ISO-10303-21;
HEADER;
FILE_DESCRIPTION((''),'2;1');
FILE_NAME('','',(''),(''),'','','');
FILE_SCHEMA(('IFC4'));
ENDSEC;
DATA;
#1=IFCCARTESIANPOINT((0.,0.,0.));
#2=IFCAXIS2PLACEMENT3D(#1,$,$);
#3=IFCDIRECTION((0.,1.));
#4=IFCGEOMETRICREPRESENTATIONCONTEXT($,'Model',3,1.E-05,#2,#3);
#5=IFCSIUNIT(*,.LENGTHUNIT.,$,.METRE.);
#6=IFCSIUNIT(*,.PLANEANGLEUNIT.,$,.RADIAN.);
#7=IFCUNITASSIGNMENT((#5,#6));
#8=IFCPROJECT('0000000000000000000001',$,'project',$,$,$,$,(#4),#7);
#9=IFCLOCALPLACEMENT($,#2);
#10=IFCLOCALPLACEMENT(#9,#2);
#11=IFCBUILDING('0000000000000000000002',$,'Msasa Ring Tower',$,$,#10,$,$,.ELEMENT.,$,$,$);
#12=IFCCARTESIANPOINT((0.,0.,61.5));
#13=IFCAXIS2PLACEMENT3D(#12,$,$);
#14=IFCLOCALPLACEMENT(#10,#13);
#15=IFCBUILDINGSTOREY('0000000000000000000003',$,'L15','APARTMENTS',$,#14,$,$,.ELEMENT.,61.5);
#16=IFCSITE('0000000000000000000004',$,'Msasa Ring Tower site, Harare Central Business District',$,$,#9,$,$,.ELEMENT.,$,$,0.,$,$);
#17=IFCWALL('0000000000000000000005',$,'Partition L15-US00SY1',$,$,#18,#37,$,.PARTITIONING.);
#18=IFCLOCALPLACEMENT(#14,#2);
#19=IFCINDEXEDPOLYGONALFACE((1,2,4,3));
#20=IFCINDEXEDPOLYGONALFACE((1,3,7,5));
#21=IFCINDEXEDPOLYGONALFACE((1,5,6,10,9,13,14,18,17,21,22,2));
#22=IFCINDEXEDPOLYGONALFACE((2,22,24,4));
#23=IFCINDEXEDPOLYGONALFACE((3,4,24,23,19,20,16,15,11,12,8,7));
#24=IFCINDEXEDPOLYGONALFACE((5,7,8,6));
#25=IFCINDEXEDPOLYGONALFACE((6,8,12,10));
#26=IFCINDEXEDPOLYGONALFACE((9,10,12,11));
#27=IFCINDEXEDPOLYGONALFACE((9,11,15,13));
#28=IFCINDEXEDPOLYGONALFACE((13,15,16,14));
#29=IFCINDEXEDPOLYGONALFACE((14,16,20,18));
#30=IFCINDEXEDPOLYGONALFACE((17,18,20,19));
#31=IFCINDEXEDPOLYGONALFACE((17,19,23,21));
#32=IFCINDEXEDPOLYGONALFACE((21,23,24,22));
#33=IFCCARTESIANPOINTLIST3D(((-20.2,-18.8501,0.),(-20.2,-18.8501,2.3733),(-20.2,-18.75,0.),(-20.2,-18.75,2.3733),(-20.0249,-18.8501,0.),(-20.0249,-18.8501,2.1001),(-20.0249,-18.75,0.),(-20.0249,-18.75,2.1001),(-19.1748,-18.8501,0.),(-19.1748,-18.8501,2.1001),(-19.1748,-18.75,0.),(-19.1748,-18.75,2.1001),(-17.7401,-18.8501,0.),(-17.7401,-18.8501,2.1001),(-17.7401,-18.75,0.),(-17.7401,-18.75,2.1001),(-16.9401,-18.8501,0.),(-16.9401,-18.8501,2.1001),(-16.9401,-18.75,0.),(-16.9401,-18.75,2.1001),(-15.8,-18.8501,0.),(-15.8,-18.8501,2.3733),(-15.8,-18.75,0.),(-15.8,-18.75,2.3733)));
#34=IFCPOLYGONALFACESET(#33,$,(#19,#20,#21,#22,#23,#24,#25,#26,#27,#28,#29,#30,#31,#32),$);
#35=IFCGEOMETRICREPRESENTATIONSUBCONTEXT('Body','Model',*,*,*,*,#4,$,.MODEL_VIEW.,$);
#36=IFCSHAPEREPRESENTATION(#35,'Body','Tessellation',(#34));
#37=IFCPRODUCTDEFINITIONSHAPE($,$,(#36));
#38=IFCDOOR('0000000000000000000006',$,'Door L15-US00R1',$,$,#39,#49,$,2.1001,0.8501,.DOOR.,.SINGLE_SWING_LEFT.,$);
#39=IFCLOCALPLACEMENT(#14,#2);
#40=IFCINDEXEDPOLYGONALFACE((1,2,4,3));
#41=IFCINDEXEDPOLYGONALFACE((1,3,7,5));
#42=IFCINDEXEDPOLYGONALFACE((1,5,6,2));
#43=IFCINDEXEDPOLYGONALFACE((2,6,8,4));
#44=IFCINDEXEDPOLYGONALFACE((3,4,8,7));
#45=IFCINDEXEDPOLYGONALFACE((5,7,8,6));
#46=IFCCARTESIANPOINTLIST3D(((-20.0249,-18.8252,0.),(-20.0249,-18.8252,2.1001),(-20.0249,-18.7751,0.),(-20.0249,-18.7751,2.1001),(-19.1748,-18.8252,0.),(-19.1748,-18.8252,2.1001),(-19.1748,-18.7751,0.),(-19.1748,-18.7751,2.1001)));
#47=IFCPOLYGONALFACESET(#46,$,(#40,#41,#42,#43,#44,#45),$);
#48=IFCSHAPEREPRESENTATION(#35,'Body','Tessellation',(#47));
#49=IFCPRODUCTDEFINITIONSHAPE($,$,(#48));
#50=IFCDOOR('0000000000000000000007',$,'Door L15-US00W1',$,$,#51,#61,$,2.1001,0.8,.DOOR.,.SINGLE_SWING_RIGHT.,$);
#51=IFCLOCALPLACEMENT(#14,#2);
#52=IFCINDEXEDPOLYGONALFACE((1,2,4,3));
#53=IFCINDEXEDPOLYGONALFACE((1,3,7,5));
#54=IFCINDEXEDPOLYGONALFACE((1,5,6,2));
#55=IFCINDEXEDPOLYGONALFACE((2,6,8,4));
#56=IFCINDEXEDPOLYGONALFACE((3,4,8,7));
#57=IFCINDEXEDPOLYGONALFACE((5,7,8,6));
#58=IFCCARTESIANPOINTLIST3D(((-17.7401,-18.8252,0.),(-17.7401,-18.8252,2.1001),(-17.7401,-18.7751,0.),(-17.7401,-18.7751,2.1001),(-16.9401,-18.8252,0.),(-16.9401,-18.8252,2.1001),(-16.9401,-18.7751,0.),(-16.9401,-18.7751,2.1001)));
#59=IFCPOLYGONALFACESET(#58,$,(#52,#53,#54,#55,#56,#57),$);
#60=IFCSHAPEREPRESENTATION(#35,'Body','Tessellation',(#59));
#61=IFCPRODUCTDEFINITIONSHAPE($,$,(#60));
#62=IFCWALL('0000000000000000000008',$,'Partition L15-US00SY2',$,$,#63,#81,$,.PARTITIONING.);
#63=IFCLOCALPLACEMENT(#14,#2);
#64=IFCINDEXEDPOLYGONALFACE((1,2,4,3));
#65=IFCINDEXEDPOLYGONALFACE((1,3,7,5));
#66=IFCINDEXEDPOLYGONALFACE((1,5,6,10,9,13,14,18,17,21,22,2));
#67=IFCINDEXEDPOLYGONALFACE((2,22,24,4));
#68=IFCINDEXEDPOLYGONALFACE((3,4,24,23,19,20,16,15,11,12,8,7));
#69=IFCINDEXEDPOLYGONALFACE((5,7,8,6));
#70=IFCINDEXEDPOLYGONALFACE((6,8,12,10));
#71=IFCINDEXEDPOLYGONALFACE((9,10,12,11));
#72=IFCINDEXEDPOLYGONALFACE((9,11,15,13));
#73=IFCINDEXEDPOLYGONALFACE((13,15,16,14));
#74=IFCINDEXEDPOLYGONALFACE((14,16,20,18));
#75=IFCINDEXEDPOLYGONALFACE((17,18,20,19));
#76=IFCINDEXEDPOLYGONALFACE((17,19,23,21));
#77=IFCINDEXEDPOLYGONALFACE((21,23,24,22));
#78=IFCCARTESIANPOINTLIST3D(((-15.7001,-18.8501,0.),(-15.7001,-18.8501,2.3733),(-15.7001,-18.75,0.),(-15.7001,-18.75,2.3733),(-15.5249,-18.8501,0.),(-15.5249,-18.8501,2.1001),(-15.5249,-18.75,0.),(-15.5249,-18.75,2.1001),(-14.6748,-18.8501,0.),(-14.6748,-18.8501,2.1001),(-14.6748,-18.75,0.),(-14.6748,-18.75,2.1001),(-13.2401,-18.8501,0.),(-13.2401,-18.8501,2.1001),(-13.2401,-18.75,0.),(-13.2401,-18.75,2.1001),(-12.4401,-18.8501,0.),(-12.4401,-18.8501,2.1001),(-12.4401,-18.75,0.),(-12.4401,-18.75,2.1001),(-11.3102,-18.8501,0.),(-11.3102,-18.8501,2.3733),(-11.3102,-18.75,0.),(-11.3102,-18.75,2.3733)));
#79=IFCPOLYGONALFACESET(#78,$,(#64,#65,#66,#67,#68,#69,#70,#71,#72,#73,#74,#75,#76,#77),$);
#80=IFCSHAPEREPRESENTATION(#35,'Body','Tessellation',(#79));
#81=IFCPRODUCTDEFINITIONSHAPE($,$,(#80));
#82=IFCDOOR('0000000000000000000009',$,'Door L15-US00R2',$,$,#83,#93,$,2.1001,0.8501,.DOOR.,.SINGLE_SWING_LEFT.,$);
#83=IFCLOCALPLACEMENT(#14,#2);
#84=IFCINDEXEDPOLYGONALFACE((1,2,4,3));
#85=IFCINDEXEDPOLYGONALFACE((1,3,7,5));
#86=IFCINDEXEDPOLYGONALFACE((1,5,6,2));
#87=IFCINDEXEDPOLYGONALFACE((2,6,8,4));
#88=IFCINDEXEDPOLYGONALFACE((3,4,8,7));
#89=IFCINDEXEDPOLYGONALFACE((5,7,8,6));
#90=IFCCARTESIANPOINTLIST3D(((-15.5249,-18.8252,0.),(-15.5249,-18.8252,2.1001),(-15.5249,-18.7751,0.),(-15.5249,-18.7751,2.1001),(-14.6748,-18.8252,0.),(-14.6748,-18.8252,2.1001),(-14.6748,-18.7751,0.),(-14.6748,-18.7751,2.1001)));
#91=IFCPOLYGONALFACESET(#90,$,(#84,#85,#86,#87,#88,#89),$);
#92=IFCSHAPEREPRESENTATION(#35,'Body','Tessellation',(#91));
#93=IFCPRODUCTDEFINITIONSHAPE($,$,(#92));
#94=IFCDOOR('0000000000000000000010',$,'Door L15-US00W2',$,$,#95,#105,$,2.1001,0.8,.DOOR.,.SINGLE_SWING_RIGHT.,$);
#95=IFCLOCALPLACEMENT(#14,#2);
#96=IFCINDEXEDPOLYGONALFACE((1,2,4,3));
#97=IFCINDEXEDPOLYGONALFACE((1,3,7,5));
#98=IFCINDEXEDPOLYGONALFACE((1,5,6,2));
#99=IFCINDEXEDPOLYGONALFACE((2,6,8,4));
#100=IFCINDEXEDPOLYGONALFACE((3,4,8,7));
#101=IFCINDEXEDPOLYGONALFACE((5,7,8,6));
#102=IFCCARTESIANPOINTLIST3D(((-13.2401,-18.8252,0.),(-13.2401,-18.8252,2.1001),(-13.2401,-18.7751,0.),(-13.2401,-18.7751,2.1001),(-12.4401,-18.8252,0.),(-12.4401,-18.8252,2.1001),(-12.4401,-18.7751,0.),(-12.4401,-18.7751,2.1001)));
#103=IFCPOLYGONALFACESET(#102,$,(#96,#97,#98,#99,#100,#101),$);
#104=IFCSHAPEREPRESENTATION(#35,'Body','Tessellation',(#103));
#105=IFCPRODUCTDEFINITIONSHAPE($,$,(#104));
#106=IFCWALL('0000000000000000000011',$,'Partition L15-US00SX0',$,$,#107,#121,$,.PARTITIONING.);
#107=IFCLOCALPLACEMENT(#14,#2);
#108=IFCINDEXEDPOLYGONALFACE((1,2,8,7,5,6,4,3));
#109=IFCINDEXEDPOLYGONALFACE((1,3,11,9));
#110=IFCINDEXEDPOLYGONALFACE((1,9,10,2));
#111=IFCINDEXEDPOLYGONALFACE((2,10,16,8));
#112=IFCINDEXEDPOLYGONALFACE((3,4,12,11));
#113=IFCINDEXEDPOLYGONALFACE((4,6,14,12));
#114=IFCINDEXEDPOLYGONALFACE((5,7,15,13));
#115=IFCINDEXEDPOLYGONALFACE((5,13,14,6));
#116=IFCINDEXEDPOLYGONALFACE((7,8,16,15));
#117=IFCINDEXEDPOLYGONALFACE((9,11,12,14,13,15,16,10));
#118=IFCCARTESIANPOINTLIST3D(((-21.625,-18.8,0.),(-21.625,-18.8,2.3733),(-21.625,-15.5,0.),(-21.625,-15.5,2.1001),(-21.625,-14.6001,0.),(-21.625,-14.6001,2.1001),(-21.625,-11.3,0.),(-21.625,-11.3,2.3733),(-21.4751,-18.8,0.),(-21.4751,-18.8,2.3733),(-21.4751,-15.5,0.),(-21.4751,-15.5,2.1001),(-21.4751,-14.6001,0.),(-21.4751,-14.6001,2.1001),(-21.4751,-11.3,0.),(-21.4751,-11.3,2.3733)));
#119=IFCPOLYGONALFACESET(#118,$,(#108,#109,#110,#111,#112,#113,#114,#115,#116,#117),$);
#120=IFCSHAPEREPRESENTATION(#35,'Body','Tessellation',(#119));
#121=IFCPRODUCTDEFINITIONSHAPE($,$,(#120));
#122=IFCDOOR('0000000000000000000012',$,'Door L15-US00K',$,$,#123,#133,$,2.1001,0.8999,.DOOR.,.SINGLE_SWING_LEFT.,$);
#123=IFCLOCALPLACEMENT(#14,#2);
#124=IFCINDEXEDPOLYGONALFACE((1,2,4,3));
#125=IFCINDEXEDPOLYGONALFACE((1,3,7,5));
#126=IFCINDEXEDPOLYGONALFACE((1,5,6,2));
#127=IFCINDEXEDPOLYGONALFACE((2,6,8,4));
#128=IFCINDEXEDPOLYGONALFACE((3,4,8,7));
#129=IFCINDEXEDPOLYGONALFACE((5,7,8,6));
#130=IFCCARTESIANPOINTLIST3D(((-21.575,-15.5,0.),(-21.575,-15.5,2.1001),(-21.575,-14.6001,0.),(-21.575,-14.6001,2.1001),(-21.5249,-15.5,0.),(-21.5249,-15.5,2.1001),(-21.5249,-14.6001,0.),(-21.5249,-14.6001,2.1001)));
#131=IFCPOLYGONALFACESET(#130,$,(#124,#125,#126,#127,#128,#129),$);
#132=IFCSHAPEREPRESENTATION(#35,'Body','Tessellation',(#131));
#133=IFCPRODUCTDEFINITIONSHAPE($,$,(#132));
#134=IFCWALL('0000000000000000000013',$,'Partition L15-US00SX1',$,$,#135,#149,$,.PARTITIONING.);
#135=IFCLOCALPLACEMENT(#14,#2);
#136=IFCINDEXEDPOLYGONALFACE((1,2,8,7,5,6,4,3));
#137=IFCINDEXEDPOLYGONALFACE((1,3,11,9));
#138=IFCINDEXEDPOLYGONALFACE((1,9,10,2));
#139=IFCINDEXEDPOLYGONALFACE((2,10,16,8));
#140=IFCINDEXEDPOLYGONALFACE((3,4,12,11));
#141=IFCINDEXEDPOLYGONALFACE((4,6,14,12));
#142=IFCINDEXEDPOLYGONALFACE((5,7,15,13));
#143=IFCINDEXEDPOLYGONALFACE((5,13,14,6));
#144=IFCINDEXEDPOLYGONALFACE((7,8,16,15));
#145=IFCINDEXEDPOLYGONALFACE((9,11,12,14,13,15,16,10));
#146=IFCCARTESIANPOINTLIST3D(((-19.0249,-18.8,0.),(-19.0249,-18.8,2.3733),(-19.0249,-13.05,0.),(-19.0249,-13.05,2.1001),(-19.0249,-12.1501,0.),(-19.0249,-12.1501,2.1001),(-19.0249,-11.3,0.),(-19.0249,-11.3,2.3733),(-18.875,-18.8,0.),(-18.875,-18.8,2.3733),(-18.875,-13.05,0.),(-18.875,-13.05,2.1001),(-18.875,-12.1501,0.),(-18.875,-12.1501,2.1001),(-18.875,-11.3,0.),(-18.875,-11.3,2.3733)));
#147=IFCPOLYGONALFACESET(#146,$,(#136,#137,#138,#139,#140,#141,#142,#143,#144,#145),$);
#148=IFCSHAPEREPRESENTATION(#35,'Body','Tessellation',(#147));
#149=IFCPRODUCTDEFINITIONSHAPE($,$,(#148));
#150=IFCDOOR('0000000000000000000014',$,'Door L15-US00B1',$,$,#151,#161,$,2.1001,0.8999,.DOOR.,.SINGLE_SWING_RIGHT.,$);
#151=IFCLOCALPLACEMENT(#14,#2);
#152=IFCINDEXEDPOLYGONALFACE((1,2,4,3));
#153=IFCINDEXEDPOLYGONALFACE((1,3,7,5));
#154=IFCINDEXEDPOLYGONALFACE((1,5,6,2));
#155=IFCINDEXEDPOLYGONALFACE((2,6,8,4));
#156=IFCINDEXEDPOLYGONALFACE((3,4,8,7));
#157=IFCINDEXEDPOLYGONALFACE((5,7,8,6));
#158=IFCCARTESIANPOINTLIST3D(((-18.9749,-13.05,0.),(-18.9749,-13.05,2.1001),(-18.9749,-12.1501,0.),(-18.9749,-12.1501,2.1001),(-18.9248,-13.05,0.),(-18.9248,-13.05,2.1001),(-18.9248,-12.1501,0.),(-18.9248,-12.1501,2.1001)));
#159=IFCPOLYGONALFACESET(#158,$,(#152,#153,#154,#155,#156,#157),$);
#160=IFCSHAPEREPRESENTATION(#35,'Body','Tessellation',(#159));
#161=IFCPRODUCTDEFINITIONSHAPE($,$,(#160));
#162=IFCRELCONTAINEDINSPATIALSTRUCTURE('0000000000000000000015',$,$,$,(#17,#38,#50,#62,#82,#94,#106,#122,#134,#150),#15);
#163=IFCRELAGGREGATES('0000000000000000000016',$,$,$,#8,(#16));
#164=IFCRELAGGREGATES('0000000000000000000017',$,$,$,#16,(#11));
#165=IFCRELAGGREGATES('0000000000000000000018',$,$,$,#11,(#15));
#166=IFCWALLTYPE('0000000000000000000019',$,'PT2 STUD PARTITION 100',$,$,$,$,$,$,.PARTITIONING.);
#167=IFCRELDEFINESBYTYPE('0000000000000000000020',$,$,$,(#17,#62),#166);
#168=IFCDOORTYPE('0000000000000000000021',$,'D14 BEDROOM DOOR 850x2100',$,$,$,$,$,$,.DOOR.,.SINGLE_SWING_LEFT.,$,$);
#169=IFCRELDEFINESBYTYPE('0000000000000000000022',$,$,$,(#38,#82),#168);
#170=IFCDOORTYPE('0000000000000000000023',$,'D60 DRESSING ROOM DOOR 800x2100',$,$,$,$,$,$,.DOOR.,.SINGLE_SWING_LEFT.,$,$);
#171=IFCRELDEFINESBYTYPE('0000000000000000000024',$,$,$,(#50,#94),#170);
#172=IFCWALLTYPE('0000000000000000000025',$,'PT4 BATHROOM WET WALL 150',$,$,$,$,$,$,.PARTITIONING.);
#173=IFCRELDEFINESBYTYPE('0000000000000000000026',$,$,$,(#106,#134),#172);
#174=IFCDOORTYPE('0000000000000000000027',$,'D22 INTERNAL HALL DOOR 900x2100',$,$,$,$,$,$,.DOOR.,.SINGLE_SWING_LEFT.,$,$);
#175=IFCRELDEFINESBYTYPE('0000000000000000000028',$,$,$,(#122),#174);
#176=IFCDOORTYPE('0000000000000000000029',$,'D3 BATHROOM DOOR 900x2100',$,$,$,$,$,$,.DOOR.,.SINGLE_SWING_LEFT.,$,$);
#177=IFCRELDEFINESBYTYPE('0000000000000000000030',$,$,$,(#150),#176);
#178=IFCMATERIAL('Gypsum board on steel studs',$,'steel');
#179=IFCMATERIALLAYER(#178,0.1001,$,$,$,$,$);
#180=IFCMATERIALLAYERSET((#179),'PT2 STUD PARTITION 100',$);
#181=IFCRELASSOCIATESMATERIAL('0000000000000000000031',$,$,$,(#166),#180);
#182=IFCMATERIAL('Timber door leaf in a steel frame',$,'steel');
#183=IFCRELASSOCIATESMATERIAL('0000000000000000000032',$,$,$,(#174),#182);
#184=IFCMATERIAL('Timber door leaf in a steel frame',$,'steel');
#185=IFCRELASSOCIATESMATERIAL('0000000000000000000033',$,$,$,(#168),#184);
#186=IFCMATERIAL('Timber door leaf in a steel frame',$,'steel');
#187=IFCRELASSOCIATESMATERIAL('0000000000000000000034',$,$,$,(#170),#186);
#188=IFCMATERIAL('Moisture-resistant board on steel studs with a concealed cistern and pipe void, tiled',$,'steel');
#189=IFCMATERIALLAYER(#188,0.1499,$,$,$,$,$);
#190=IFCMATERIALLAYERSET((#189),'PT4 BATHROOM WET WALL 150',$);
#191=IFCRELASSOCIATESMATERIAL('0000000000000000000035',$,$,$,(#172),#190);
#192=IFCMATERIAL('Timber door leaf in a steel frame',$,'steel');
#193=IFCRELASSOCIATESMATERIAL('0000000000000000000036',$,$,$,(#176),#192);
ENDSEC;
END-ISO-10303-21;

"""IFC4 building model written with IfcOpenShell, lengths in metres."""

from ifc_helpers import new_model, si_unit, direction, frame, frame_2d, origin, place, context, subcontext, project, spatial, rectangle, extrude, material, layer, layer_set, type_object, element, fill, save


model = new_model("IFC4")

# Units and contexts
model_context = context("Model", 3, precision=1e-05, world=origin(), true_north=direction((0.0, 1.0)))
body_context = subcontext(model_context, "Body", "Model", "MODEL_VIEW")
ifc_project = project(units=[si_unit("LENGTHUNIT", "METRE"), si_unit("PLANEANGLEUNIT", "RADIAN")], contexts=[model_context])

# Site, building, storey
site_placement = place(None, origin())
site = spatial("IfcSite", under=ifc_project, at=site_placement, Name="Msasa Ring Tower site, Harare Central Business District", CompositionType="ELEMENT", RefElevation=0.0)
building_placement = place(site_placement, origin())
building = spatial("IfcBuilding", under=site, at=building_placement, Name="Msasa Ring Tower", CompositionType="ELEMENT")
storey_placement = place(building_placement, frame((0.0, 0.0, 61.5)))
storey = spatial("IfcBuildingStorey", under=building, at=storey_placement, Name="L15", Description="APARTMENTS", CompositionType="ELEMENT", Elevation=61.5)

# Shared definitions
ifc_material_1 = material(Name="Gypsum board on steel studs", Category="steel")
ifc_layer_1 = layer(ifc_material_1, 0.1001)
ifc_layer_set_1 = layer_set([ifc_layer_1], Name="PT2 STUD PARTITION 100")
wall_type_1 = type_object("IfcWallType", Name="PT2 STUD PARTITION 100", PredefinedType="PARTITIONING", material=ifc_layer_set_1)
ifc_material_2 = material(Name="Timber door leaf in a steel frame", Category="steel")
door_type_1 = type_object("IfcDoorType", Name="D22 INTERNAL HALL DOOR 900x2100", OperationType="SINGLE_SWING_LEFT", PredefinedType="DOOR", material=ifc_material_2)

# Walls, openings, doors
wall_1_placement = place(storey_placement, frame((-20.2, -18.8, 0.0), z_axis=(0.0, 0.0, 1.0), x_axis=(1.0, 0.0, 0.0)))
wall_1 = element("IfcWall", 1, at=wall_1_placement, inside=storey, type_object=wall_type_1, Name="Partition L15-US00SY1", PredefinedType="PARTITIONING", context=body_context, shape_type="SweptSolid", body=[
    extrude(rectangle(XDim=4.3999, YDim=0.1001, at=frame_2d((2.2, 0.0))), origin(), (0.0, 0.0, 1.0), 2.3733),
])
opening_1_placement = place(wall_1_placement, frame((0.175, 0.0, 0.0)))
opening_1 = element("IfcOpeningElement", 2, at=opening_1_placement, cuts=wall_1, PredefinedType="OPENING", context=body_context, shape_type="SweptSolid", body=[
    extrude(rectangle(XDim=0.8501, YDim=2.1001, at=frame_2d((0.425, 1.05))), frame((0.0, 0.0601, 0.0), z_axis=(0.0, -1.0, 0.0), x_axis=(1.0, 0.0, 0.0)), (0.0, 0.0, 1.0), 0.1201),
])
opening_2_placement = place(wall_1_placement, frame((2.46, 0.0, 0.0)))
opening_2 = element("IfcOpeningElement", 3, at=opening_2_placement, cuts=wall_1, PredefinedType="OPENING", context=body_context, shape_type="SweptSolid", body=[
    extrude(rectangle(XDim=0.8, YDim=2.1001, at=frame_2d((0.3999, 1.05))), frame((0.0, 0.0601, 0.0), z_axis=(0.0, -1.0, 0.0), x_axis=(1.0, 0.0, 0.0)), (0.0, 0.0, 1.0), 0.1201),
])
ifc_material_3 = material(Name="Timber door leaf in a steel frame", Category="steel")
door_type_2 = type_object("IfcDoorType", Name="D14 BEDROOM DOOR 850x2100", OperationType="SINGLE_SWING_LEFT", PredefinedType="DOOR", material=ifc_material_3)
door_1_placement = place(opening_1_placement, origin())
door_1 = element("IfcDoor", 4, at=door_1_placement, inside=storey, type_object=door_type_2, Name="Door L15-US00R1", OperationType="SINGLE_SWING_LEFT", OverallHeight=2.1001, OverallWidth=0.8501, PredefinedType="DOOR", context=body_context, shape_type="SweptSolid", body=[
    extrude(rectangle(XDim=0.8501, YDim=2.1001, at=frame_2d((0.425, 1.05))), frame((0.0, 0.0249, 0.0), z_axis=(0.0, -1.0, 0.0), x_axis=(1.0, 0.0, 0.0)), (0.0, 0.0, 1.0), 0.05),
])
fill(opening_1, door_1)
ifc_material_4 = material(Name="Timber door leaf in a steel frame", Category="steel")
door_type_3 = type_object("IfcDoorType", Name="D60 DRESSING ROOM DOOR 800x2100", OperationType="SINGLE_SWING_LEFT", PredefinedType="DOOR", material=ifc_material_4)
door_2_placement = place(opening_2_placement, origin())
door_2 = element("IfcDoor", 5, at=door_2_placement, inside=storey, type_object=door_type_3, Name="Door L15-US00W1", OperationType="SINGLE_SWING_RIGHT", OverallHeight=2.1001, OverallWidth=0.8, PredefinedType="DOOR", context=body_context, shape_type="SweptSolid", body=[
    extrude(rectangle(XDim=0.8, YDim=2.1001, at=frame_2d((0.3999, 1.05))), frame((0.0, 0.0249, 0.0), z_axis=(0.0, -1.0, 0.0), x_axis=(1.0, 0.0, 0.0)), (0.0, 0.0, 1.0), 0.05),
])
fill(opening_2, door_2)
wall_2_placement = place(storey_placement, frame((-15.7, -18.8, 0.0), z_axis=(0.0, 0.0, 1.0), x_axis=(1.0, 0.0, 0.0)))
wall_2 = element("IfcWall", 6, at=wall_2_placement, inside=storey, type_object=wall_type_1, Name="Partition L15-US00SY2", PredefinedType="PARTITIONING", context=body_context, shape_type="SweptSolid", body=[
    extrude(rectangle(XDim=4.3899, YDim=0.1001, at=frame_2d((2.1948, 0.0))), origin(), (0.0, 0.0, 1.0), 2.3733),
])
opening_3_placement = place(wall_2_placement, frame((0.175, 0.0, 0.0)))
opening_3 = element("IfcOpeningElement", 7, at=opening_3_placement, cuts=wall_2, PredefinedType="OPENING", context=body_context, shape_type="SweptSolid", body=[
    extrude(rectangle(XDim=0.8501, YDim=2.1001, at=frame_2d((0.425, 1.05))), frame((0.0, 0.0601, 0.0), z_axis=(0.0, -1.0, 0.0), x_axis=(1.0, 0.0, 0.0)), (0.0, 0.0, 1.0), 0.1201),
])
opening_4_placement = place(wall_2_placement, frame((2.46, 0.0, 0.0)))
opening_4 = element("IfcOpeningElement", 8, at=opening_4_placement, cuts=wall_2, PredefinedType="OPENING", context=body_context, shape_type="SweptSolid", body=[
    extrude(rectangle(XDim=0.8, YDim=2.1001, at=frame_2d((0.3999, 1.05))), frame((0.0, 0.0601, 0.0), z_axis=(0.0, -1.0, 0.0), x_axis=(1.0, 0.0, 0.0)), (0.0, 0.0, 1.0), 0.1201),
])
door_3_placement = place(opening_3_placement, origin())
door_3 = element("IfcDoor", 9, at=door_3_placement, inside=storey, type_object=door_type_2, Name="Door L15-US00R2", OperationType="SINGLE_SWING_LEFT", OverallHeight=2.1001, OverallWidth=0.8501, PredefinedType="DOOR", context=body_context, shape_type="SweptSolid", body=[
    extrude(rectangle(XDim=0.8501, YDim=2.1001, at=frame_2d((0.425, 1.05))), frame((0.0, 0.0249, 0.0), z_axis=(0.0, -1.0, 0.0), x_axis=(1.0, 0.0, 0.0)), (0.0, 0.0, 1.0), 0.05),
])
fill(opening_3, door_3)
door_4_placement = place(opening_4_placement, origin())
door_4 = element("IfcDoor", 10, at=door_4_placement, inside=storey, type_object=door_type_3, Name="Door L15-US00W2", OperationType="SINGLE_SWING_RIGHT", OverallHeight=2.1001, OverallWidth=0.8, PredefinedType="DOOR", context=body_context, shape_type="SweptSolid", body=[
    extrude(rectangle(XDim=0.8, YDim=2.1001, at=frame_2d((0.3999, 1.05))), frame((0.0, 0.0249, 0.0), z_axis=(0.0, -1.0, 0.0), x_axis=(1.0, 0.0, 0.0)), (0.0, 0.0, 1.0), 0.05),
])
fill(opening_4, door_4)

# Walls, openings, doors
ifc_material_5 = material(Name="Moisture-resistant board on steel studs with a concealed cistern and pipe void, tiled", Category="steel")
ifc_layer_2 = layer(ifc_material_5, 0.1499)
ifc_layer_set_2 = layer_set([ifc_layer_2], Name="PT4 BATHROOM WET WALL 150")
wall_type_2 = type_object("IfcWallType", Name="PT4 BATHROOM WET WALL 150", PredefinedType="PARTITIONING", material=ifc_layer_set_2)
wall_3_placement = place(storey_placement, frame((-21.55, -18.8, 0.0), z_axis=(0.0, 0.0, 1.0), x_axis=(0.0, 1.0, 0.0)))
wall_3 = element("IfcWall", 11, at=wall_3_placement, inside=storey, type_object=wall_type_2, Name="Partition L15-US00SX0", PredefinedType="PARTITIONING", context=body_context, shape_type="SweptSolid", body=[
    extrude(rectangle(XDim=7.5, YDim=0.1499, at=frame_2d((3.75, 0.0))), origin(), (0.0, 0.0, 1.0), 2.3733),
])
opening_5_placement = place(wall_3_placement, frame((3.3, 0.0, 0.0)))
opening_5 = element("IfcOpeningElement", 12, at=opening_5_placement, cuts=wall_3, PredefinedType="OPENING", context=body_context, shape_type="SweptSolid", body=[
    extrude(rectangle(XDim=0.8999, YDim=2.1001, at=frame_2d((0.45, 1.05))), frame((0.0, 0.085, 0.0), z_axis=(0.0, -1.0, 0.0), x_axis=(1.0, 0.0, 0.0)), (0.0, 0.0, 1.0), 0.1699),
])
door_5_placement = place(opening_5_placement, origin())
door_5 = element("IfcDoor", 13, at=door_5_placement, inside=storey, type_object=door_type_1, Name="Door L15-US00K", OperationType="SINGLE_SWING_LEFT", OverallHeight=2.1001, OverallWidth=0.8999, PredefinedType="DOOR", context=body_context, shape_type="SweptSolid", body=[
    extrude(rectangle(XDim=0.8999, YDim=2.1001, at=frame_2d((0.45, 1.05))), frame((0.0, 0.0249, 0.0), z_axis=(0.0, -1.0, 0.0), x_axis=(1.0, 0.0, 0.0)), (0.0, 0.0, 1.0), 0.05),
])
fill(opening_5, door_5)
wall_4_placement = place(storey_placement, frame((-18.95, -18.8, 0.0), z_axis=(0.0, 0.0, 1.0), x_axis=(0.0, 1.0, 0.0)))
wall_4 = element("IfcWall", 14, at=wall_4_placement, inside=storey, type_object=wall_type_2, Name="Partition L15-US00SX1", PredefinedType="PARTITIONING", context=body_context, shape_type="SweptSolid", body=[
    extrude(rectangle(XDim=7.5, YDim=0.1499, at=frame_2d((3.75, 0.0))), origin(), (0.0, 0.0, 1.0), 2.3733),
])
opening_6_placement = place(wall_4_placement, frame((5.75, 0.0, 0.0)))
opening_6 = element("IfcOpeningElement", 15, at=opening_6_placement, cuts=wall_4, PredefinedType="OPENING", context=body_context, shape_type="SweptSolid", body=[
    extrude(rectangle(XDim=0.8999, YDim=2.1001, at=frame_2d((0.45, 1.05))), frame((0.0, 0.085, 0.0), z_axis=(0.0, -1.0, 0.0), x_axis=(1.0, 0.0, 0.0)), (0.0, 0.0, 1.0), 0.1699),
])
ifc_material_6 = material(Name="Timber door leaf in a steel frame", Category="steel")
door_type_4 = type_object("IfcDoorType", Name="D3 BATHROOM DOOR 900x2100", OperationType="SINGLE_SWING_LEFT", PredefinedType="DOOR", material=ifc_material_6)
door_6_placement = place(opening_6_placement, origin())
door_6 = element("IfcDoor", 16, at=door_6_placement, inside=storey, type_object=door_type_4, Name="Door L15-US00B1", OperationType="SINGLE_SWING_RIGHT", OverallHeight=2.1001, OverallWidth=0.8999, PredefinedType="DOOR", context=body_context, shape_type="SweptSolid", body=[
    extrude(rectangle(XDim=0.8999, YDim=2.1001, at=frame_2d((0.45, 1.05))), frame((0.0, 0.0249, 0.0), z_axis=(0.0, -1.0, 0.0), x_axis=(1.0, 0.0, 0.0)), (0.0, 0.0, 1.0), 0.05),
])
fill(opening_6, door_6)

save(model, "model.ifc")
